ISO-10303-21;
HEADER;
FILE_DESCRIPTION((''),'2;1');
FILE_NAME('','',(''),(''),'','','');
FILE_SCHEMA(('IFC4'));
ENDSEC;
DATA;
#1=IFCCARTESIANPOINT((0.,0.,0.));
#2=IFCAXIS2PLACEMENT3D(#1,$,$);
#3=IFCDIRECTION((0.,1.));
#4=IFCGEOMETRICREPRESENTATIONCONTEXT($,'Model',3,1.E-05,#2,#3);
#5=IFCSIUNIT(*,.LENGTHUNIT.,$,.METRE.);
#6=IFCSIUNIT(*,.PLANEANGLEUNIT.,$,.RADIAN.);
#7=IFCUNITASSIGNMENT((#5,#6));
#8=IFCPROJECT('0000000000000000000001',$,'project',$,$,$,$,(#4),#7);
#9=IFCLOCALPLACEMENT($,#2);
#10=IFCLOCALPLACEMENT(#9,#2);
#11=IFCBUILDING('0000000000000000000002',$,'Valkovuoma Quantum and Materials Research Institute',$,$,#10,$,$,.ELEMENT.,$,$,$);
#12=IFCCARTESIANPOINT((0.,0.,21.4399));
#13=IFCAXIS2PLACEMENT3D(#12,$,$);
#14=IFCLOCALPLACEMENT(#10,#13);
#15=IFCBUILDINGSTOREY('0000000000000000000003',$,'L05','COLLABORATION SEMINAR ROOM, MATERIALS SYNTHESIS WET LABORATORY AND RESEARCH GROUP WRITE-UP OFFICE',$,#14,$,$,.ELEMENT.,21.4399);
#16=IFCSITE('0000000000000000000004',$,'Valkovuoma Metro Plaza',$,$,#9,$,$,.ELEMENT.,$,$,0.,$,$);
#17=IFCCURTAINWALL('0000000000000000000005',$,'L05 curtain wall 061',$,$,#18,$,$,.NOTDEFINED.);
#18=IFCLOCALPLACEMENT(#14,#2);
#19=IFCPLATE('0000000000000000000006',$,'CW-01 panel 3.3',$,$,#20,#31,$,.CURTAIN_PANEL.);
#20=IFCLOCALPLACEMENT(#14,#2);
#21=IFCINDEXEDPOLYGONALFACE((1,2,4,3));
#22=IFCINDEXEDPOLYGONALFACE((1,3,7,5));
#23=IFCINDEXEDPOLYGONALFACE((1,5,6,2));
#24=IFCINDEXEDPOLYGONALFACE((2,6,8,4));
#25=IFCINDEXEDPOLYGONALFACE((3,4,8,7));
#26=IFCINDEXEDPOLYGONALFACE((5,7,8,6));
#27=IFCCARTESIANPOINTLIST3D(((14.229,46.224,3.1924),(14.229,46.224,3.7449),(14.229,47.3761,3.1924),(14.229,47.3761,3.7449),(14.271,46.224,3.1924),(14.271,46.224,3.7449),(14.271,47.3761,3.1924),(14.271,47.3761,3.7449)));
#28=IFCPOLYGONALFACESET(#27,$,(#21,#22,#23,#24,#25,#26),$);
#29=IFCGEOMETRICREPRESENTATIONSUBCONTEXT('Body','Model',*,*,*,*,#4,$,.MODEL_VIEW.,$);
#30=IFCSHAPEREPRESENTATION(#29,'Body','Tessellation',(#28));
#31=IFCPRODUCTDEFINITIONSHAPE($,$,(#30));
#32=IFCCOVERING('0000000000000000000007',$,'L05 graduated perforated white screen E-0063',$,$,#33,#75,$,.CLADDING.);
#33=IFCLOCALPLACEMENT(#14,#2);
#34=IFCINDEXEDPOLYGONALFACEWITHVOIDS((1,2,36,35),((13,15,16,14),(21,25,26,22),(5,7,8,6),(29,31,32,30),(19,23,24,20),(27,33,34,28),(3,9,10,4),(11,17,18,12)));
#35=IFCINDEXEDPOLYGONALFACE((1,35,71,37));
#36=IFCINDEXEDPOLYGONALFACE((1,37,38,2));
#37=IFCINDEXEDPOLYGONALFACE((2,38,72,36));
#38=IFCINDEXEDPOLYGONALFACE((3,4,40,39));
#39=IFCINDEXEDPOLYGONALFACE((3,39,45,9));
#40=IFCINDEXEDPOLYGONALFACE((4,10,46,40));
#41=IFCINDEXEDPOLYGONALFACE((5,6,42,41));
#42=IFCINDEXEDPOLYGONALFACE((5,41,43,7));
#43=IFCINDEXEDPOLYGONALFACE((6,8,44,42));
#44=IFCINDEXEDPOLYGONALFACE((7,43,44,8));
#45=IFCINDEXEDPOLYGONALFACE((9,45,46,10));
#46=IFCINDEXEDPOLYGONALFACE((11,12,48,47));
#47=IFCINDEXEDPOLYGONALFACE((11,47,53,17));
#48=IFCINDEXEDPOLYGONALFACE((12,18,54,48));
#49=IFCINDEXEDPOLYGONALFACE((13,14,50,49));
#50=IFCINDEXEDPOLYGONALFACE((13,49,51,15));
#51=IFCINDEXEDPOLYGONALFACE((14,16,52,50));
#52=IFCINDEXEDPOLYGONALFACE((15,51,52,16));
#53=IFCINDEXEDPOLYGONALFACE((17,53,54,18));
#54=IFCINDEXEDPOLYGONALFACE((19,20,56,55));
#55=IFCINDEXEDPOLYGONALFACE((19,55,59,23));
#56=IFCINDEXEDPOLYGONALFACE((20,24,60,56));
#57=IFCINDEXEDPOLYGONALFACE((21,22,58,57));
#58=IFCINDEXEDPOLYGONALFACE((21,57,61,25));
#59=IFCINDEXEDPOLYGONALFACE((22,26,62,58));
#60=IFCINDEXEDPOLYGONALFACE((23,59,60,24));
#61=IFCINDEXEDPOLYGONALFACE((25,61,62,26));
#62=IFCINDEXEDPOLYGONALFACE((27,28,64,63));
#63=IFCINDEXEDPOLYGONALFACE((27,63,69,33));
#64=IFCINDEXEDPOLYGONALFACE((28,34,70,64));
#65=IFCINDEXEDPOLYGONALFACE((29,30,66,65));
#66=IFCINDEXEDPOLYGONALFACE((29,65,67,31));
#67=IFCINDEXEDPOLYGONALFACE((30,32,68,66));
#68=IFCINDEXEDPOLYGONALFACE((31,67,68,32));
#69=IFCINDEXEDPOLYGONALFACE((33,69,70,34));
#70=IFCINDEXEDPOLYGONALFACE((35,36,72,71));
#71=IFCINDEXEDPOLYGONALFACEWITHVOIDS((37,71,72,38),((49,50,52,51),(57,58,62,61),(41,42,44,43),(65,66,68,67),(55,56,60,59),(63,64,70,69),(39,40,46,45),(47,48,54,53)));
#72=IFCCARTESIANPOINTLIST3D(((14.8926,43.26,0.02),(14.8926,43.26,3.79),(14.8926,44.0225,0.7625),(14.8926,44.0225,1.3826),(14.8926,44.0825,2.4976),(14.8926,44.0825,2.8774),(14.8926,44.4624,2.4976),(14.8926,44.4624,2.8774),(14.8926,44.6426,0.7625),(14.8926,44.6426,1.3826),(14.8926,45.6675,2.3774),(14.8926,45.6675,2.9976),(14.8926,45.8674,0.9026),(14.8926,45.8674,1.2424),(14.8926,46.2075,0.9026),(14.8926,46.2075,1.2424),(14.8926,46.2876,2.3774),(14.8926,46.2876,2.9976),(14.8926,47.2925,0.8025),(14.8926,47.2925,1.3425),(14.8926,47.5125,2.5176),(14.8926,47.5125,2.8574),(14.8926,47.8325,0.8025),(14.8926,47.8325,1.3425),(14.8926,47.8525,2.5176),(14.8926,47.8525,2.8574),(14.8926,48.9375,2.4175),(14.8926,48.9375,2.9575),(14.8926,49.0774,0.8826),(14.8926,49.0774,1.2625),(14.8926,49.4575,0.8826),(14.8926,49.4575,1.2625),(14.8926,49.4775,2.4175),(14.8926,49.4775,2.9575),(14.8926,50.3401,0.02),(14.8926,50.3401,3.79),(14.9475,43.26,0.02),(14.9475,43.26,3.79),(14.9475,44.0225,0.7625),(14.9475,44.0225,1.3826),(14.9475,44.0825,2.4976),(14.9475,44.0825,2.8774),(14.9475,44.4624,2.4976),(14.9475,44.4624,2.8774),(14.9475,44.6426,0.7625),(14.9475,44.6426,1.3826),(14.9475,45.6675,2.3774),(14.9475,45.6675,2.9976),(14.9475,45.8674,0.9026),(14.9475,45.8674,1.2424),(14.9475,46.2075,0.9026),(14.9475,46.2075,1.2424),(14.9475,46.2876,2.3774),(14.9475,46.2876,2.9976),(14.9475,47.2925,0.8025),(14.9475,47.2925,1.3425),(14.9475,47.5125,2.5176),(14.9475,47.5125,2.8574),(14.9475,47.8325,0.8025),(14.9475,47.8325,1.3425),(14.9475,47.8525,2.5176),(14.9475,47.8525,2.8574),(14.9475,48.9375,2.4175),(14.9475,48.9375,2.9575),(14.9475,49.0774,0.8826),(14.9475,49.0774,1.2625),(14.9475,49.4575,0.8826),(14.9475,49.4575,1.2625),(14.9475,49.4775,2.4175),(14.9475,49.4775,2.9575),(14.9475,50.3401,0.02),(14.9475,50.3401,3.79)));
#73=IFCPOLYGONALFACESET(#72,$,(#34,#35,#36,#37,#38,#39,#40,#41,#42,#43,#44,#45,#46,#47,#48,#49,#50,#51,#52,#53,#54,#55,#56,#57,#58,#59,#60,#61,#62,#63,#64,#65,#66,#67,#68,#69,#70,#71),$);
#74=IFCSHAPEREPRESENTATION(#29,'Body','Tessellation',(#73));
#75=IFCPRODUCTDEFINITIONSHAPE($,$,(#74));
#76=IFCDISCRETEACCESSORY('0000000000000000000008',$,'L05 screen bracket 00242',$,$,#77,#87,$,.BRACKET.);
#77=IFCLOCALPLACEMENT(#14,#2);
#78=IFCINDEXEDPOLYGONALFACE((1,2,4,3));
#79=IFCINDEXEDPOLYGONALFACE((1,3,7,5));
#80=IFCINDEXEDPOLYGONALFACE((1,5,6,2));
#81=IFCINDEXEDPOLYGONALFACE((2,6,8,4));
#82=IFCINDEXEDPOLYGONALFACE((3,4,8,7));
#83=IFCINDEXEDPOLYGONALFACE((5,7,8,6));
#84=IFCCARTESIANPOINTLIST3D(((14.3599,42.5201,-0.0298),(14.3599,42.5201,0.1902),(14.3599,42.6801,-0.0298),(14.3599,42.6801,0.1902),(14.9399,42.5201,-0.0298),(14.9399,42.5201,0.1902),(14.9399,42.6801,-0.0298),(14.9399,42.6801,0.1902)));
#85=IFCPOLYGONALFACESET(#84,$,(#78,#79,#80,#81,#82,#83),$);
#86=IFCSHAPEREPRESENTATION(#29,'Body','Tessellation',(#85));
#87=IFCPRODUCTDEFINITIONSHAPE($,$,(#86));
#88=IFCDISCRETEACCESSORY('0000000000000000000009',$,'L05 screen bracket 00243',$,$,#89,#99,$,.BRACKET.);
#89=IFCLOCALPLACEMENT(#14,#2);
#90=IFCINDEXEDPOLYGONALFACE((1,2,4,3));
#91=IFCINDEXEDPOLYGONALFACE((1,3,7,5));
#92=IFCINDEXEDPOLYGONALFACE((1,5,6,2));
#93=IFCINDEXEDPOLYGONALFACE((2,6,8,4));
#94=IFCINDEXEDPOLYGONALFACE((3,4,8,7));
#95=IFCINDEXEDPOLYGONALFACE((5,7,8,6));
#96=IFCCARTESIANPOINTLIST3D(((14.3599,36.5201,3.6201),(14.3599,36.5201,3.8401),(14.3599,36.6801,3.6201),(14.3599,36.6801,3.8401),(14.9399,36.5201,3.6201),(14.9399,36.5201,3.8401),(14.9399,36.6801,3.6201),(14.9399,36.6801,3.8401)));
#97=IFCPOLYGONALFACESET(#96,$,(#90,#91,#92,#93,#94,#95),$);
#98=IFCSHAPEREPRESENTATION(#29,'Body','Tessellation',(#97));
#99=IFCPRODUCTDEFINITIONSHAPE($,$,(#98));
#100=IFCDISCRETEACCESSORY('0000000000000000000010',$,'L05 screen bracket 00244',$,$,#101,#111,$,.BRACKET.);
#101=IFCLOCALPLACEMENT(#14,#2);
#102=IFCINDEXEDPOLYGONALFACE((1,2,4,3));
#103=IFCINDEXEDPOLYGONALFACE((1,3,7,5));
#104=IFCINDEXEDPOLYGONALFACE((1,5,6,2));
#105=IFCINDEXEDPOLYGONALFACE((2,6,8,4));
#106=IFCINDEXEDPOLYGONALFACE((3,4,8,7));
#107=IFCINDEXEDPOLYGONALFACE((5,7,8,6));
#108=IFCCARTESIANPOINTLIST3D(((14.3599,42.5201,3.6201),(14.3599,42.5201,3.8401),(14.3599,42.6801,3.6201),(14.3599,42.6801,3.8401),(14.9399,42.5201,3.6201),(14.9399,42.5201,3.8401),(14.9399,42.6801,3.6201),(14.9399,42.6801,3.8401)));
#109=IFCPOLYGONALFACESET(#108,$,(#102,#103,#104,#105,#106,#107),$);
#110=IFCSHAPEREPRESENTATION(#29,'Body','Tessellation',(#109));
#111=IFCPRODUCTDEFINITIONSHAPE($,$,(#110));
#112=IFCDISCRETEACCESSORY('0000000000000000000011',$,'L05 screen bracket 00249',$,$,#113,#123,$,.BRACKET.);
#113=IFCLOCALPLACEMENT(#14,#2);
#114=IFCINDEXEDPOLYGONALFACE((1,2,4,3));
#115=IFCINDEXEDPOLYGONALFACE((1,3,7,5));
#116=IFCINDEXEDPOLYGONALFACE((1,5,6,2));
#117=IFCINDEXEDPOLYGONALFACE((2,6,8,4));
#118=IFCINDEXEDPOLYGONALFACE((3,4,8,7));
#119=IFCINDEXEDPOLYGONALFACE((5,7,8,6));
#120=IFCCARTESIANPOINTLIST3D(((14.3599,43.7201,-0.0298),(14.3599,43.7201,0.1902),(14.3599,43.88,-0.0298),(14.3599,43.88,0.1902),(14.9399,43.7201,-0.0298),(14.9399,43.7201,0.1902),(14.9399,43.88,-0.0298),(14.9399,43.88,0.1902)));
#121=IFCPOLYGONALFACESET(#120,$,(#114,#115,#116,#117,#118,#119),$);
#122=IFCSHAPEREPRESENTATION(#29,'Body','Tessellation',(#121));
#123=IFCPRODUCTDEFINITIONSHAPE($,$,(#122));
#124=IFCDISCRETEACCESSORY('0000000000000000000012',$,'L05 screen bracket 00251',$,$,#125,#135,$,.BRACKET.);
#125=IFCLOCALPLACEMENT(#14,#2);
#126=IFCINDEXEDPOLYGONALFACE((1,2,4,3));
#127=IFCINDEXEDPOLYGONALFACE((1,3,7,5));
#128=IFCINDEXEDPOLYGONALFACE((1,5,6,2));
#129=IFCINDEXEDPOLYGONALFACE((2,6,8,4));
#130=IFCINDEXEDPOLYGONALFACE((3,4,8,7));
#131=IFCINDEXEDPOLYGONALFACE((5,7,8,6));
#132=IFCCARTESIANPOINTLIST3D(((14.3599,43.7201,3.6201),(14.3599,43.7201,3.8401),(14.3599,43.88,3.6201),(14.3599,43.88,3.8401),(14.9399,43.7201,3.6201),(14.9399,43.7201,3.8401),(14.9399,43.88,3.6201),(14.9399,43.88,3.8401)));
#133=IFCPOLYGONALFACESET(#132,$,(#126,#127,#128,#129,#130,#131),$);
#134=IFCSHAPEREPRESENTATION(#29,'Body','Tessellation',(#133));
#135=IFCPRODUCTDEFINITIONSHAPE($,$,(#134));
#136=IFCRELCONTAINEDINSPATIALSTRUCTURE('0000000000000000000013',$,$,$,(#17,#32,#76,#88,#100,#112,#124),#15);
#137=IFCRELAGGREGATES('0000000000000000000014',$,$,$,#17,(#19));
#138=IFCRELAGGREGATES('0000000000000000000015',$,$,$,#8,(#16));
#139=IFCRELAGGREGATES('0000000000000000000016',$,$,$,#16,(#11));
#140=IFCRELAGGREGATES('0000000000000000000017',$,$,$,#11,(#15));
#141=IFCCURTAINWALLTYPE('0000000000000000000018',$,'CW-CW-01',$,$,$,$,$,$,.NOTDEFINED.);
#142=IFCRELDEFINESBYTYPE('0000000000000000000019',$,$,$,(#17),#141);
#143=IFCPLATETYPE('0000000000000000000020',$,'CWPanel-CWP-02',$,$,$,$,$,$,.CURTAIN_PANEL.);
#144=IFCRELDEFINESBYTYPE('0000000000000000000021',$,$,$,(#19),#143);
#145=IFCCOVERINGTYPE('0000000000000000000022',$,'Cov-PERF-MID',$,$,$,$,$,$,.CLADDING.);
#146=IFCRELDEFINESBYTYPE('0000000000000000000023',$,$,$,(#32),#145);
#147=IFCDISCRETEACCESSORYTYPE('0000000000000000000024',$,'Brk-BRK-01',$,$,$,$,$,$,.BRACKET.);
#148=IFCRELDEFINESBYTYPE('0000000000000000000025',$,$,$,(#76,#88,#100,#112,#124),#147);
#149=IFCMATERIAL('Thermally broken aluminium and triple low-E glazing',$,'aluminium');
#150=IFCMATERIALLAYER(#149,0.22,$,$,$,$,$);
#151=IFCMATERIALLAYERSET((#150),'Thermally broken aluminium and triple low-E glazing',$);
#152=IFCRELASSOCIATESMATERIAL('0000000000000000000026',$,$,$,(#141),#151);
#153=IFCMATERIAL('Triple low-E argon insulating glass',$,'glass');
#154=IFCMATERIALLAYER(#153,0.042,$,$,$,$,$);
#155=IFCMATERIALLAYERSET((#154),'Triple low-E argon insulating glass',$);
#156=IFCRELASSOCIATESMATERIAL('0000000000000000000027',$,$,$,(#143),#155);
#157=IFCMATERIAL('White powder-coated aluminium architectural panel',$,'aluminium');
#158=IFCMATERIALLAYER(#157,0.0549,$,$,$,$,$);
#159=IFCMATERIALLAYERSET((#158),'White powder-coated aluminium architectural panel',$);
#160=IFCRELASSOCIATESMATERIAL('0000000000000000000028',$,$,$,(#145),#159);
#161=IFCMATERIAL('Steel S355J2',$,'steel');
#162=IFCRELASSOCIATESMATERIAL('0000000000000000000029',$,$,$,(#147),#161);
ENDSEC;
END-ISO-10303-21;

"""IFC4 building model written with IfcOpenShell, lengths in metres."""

from ifc_helpers import new_model, si_unit, direction, frame, origin, origin_2d, place, context, subcontext, project, spatial, polyline, rectangle, outline, extrude, material, layer, layer_set, type_object, element, aggregate, save


model = new_model("IFC4")

# Units and contexts
model_context = context("Model", 3, precision=1e-05, world=origin(), true_north=direction((0.0, 1.0)))
body_context = subcontext(model_context, "Body", "Model", "MODEL_VIEW")
ifc_project = project(units=[si_unit("LENGTHUNIT", "METRE"), si_unit("PLANEANGLEUNIT", "RADIAN")], contexts=[model_context])

# Site, building, storey
site_placement = place(None, origin())
site = spatial("IfcSite", under=ifc_project, at=site_placement, Name="Valkovuoma Metro Plaza", CompositionType="ELEMENT", RefElevation=0.0)
building_placement = place(site_placement, origin())
building = spatial("IfcBuilding", under=site, at=building_placement, Name="Valkovuoma Quantum and Materials Research Institute", CompositionType="ELEMENT")
storey_placement = place(building_placement, frame((0.0, 0.0, 21.4399)))
storey = spatial("IfcBuildingStorey", under=building, at=storey_placement, Name="L05", Description="COLLABORATION SEMINAR ROOM, MATERIALS SYNTHESIS WET LABORATORY AND RESEARCH GROUP WRITE-UP OFFICE", CompositionType="ELEMENT", Elevation=21.4399)

# Curtain wall, plate
ifc_material_1 = material(Name="Thermally broken aluminium and triple low-E glazing", Category="aluminium")
ifc_layer_1 = layer(ifc_material_1, 0.22)
ifc_layer_set_1 = layer_set([ifc_layer_1], Name="Thermally broken aluminium and triple low-E glazing")
curtain_wall_type = type_object("IfcCurtainWallType", Name="CW-CW-01", PredefinedType="NOTDEFINED", material=ifc_layer_set_1)
curtain_wall_placement = place(storey_placement, origin())
curtain_wall = element("IfcCurtainWall", 1, at=curtain_wall_placement, inside=storey, type_object=curtain_wall_type, Name="L05 curtain wall 061", PredefinedType="NOTDEFINED")
ifc_material_2 = material(Name="Triple low-E argon insulating glass", Category="glass")
ifc_layer_2 = layer(ifc_material_2, 0.042)
ifc_layer_set_2 = layer_set([ifc_layer_2], Name="Triple low-E argon insulating glass")
plate_type = type_object("IfcPlateType", Name="CWPanel-CWP-02", PredefinedType="CURTAIN_PANEL", material=ifc_layer_set_2)
plate_1_placement = place(storey_placement, frame((14.25, 46.8, 3.1924), z_axis=(0.0, 0.0, 1.0), x_axis=(0.0, 1.0, 0.0)))
plate_1 = element("IfcPlate", 2, at=plate_1_placement, type_object=plate_type, Name="CW-01 panel 3.3", PredefinedType="CURTAIN_PANEL", context=body_context, shape_type="SweptSolid", body=[
    extrude(rectangle(XDim=1.1521, YDim=0.042, at=origin_2d()), origin(), (0.0, 0.0, 1.0), 0.5525),
])
aggregate(curtain_wall, [plate_1])

# Covering
ifc_material_3 = material(Name="White powder-coated aluminium architectural panel", Category="aluminium")
ifc_layer_3 = layer(ifc_material_3, 0.0549)
ifc_layer_set_3 = layer_set([ifc_layer_3], Name="White powder-coated aluminium architectural panel")
covering_type = type_object("IfcCoveringType", Name="Cov-PERF-MID", PredefinedType="CLADDING", material=ifc_layer_set_3)
covering_placement = place(storey_placement, frame((14.9199, 43.26, 0.02), z_axis=(0.0, 0.0, 1.0), x_axis=(0.0, 1.0, 0.0)))
element("IfcCovering", 3, at=covering_placement, inside=storey, type_object=covering_type, Name="L05 graduated perforated white screen E-0063", PredefinedType="CLADDING", context=body_context, shape_type="SweptSolid", body=[
    extrude(outline(polyline([(0.0, 0.0), (7.0801, 0.0), (7.0801, 3.77), (0.0, 3.77), (0.0, 0.0)]), holes=[polyline([(0.7625, 0.7424), (0.7625, 1.3625), (1.3826, 1.3625), (1.3826, 0.7424), (0.7625, 0.7424)]), polyline([(0.8225, 2.4775), (0.8225, 2.8574), (1.2024, 2.8574), (1.2024, 2.4775), (0.8225, 2.4775)]), polyline([(2.6074, 0.8826), (2.6074, 1.2224), (2.9475, 1.2224), (2.9475, 0.8826), (2.6074, 0.8826)]), polyline([(2.4075, 2.3574), (2.4075, 2.9775), (3.0276, 2.9775), (3.0276, 2.3574), (2.4075, 2.3574)]), polyline([(4.0325, 0.7825), (4.0325, 1.3225), (4.5725, 1.3225), (4.5725, 0.7825), (4.0325, 0.7825)]), polyline([(4.2524, 2.4976), (4.2524, 2.8374), (4.5925, 2.8374), (4.5925, 2.4976), (4.2524, 2.4976)]), polyline([(5.8174, 0.8625), (5.8174, 1.2424), (6.1975, 1.2424), (6.1975, 0.8625), (5.8174, 0.8625)]), polyline([(5.6775, 2.3975), (5.6775, 2.9375), (6.2175, 2.9375), (6.2175, 2.3975), (5.6775, 2.3975)])]), frame((0.0, 0.0273, 0.0), z_axis=(0.0, -1.0, 0.0), x_axis=(1.0, 0.0, 0.0)), (0.0, 0.0, 1.0), 0.0549),
])

# Discrete accessories
ifc_material_4 = material(Name="Steel S355J2", Category="steel")
discrete_accessory_type = type_object("IfcDiscreteAccessoryType", Name="Brk-BRK-01", PredefinedType="BRACKET", material=ifc_material_4)
for number, where, z_axis, x_axis, name in (
    (4, (14.6499, 42.6001, -0.0298), (0.0, 0.0, 1.0), (1.0, 0.0, 0.0), "L05 screen bracket 00242"),
    (5, (14.6499, 36.6001, 3.6201), (0.0, 0.0, 1.0), (1.0, 0.0, 0.0), "L05 screen bracket 00243"),
    (6, (14.6499, 42.6001, 3.6201), (0.0, 0.0, 1.0), (1.0, 0.0, 0.0), "L05 screen bracket 00244"),
    (7, (14.6499, 43.8, -0.0298), (0.0, 0.0, 1.0), (1.0, 0.0, 0.0), "L05 screen bracket 00249"),
    (8, (14.6499, 43.8, 3.6201), (0.0, 0.0, 1.0), (1.0, 0.0, 0.0), "L05 screen bracket 00251"),
):
    element("IfcDiscreteAccessory", number, at=place(storey_placement, frame(where, z_axis=z_axis, x_axis=x_axis)), inside=storey, type_object=discrete_accessory_type, Name=name, PredefinedType="BRACKET", context=body_context, shape_type="SweptSolid", body=[
        extrude(rectangle(XDim=0.5801, YDim=0.1599, at=origin_2d()), origin(), (0.0, 0.0, 1.0), 0.22),
    ])

save(model, "model.ifc")
